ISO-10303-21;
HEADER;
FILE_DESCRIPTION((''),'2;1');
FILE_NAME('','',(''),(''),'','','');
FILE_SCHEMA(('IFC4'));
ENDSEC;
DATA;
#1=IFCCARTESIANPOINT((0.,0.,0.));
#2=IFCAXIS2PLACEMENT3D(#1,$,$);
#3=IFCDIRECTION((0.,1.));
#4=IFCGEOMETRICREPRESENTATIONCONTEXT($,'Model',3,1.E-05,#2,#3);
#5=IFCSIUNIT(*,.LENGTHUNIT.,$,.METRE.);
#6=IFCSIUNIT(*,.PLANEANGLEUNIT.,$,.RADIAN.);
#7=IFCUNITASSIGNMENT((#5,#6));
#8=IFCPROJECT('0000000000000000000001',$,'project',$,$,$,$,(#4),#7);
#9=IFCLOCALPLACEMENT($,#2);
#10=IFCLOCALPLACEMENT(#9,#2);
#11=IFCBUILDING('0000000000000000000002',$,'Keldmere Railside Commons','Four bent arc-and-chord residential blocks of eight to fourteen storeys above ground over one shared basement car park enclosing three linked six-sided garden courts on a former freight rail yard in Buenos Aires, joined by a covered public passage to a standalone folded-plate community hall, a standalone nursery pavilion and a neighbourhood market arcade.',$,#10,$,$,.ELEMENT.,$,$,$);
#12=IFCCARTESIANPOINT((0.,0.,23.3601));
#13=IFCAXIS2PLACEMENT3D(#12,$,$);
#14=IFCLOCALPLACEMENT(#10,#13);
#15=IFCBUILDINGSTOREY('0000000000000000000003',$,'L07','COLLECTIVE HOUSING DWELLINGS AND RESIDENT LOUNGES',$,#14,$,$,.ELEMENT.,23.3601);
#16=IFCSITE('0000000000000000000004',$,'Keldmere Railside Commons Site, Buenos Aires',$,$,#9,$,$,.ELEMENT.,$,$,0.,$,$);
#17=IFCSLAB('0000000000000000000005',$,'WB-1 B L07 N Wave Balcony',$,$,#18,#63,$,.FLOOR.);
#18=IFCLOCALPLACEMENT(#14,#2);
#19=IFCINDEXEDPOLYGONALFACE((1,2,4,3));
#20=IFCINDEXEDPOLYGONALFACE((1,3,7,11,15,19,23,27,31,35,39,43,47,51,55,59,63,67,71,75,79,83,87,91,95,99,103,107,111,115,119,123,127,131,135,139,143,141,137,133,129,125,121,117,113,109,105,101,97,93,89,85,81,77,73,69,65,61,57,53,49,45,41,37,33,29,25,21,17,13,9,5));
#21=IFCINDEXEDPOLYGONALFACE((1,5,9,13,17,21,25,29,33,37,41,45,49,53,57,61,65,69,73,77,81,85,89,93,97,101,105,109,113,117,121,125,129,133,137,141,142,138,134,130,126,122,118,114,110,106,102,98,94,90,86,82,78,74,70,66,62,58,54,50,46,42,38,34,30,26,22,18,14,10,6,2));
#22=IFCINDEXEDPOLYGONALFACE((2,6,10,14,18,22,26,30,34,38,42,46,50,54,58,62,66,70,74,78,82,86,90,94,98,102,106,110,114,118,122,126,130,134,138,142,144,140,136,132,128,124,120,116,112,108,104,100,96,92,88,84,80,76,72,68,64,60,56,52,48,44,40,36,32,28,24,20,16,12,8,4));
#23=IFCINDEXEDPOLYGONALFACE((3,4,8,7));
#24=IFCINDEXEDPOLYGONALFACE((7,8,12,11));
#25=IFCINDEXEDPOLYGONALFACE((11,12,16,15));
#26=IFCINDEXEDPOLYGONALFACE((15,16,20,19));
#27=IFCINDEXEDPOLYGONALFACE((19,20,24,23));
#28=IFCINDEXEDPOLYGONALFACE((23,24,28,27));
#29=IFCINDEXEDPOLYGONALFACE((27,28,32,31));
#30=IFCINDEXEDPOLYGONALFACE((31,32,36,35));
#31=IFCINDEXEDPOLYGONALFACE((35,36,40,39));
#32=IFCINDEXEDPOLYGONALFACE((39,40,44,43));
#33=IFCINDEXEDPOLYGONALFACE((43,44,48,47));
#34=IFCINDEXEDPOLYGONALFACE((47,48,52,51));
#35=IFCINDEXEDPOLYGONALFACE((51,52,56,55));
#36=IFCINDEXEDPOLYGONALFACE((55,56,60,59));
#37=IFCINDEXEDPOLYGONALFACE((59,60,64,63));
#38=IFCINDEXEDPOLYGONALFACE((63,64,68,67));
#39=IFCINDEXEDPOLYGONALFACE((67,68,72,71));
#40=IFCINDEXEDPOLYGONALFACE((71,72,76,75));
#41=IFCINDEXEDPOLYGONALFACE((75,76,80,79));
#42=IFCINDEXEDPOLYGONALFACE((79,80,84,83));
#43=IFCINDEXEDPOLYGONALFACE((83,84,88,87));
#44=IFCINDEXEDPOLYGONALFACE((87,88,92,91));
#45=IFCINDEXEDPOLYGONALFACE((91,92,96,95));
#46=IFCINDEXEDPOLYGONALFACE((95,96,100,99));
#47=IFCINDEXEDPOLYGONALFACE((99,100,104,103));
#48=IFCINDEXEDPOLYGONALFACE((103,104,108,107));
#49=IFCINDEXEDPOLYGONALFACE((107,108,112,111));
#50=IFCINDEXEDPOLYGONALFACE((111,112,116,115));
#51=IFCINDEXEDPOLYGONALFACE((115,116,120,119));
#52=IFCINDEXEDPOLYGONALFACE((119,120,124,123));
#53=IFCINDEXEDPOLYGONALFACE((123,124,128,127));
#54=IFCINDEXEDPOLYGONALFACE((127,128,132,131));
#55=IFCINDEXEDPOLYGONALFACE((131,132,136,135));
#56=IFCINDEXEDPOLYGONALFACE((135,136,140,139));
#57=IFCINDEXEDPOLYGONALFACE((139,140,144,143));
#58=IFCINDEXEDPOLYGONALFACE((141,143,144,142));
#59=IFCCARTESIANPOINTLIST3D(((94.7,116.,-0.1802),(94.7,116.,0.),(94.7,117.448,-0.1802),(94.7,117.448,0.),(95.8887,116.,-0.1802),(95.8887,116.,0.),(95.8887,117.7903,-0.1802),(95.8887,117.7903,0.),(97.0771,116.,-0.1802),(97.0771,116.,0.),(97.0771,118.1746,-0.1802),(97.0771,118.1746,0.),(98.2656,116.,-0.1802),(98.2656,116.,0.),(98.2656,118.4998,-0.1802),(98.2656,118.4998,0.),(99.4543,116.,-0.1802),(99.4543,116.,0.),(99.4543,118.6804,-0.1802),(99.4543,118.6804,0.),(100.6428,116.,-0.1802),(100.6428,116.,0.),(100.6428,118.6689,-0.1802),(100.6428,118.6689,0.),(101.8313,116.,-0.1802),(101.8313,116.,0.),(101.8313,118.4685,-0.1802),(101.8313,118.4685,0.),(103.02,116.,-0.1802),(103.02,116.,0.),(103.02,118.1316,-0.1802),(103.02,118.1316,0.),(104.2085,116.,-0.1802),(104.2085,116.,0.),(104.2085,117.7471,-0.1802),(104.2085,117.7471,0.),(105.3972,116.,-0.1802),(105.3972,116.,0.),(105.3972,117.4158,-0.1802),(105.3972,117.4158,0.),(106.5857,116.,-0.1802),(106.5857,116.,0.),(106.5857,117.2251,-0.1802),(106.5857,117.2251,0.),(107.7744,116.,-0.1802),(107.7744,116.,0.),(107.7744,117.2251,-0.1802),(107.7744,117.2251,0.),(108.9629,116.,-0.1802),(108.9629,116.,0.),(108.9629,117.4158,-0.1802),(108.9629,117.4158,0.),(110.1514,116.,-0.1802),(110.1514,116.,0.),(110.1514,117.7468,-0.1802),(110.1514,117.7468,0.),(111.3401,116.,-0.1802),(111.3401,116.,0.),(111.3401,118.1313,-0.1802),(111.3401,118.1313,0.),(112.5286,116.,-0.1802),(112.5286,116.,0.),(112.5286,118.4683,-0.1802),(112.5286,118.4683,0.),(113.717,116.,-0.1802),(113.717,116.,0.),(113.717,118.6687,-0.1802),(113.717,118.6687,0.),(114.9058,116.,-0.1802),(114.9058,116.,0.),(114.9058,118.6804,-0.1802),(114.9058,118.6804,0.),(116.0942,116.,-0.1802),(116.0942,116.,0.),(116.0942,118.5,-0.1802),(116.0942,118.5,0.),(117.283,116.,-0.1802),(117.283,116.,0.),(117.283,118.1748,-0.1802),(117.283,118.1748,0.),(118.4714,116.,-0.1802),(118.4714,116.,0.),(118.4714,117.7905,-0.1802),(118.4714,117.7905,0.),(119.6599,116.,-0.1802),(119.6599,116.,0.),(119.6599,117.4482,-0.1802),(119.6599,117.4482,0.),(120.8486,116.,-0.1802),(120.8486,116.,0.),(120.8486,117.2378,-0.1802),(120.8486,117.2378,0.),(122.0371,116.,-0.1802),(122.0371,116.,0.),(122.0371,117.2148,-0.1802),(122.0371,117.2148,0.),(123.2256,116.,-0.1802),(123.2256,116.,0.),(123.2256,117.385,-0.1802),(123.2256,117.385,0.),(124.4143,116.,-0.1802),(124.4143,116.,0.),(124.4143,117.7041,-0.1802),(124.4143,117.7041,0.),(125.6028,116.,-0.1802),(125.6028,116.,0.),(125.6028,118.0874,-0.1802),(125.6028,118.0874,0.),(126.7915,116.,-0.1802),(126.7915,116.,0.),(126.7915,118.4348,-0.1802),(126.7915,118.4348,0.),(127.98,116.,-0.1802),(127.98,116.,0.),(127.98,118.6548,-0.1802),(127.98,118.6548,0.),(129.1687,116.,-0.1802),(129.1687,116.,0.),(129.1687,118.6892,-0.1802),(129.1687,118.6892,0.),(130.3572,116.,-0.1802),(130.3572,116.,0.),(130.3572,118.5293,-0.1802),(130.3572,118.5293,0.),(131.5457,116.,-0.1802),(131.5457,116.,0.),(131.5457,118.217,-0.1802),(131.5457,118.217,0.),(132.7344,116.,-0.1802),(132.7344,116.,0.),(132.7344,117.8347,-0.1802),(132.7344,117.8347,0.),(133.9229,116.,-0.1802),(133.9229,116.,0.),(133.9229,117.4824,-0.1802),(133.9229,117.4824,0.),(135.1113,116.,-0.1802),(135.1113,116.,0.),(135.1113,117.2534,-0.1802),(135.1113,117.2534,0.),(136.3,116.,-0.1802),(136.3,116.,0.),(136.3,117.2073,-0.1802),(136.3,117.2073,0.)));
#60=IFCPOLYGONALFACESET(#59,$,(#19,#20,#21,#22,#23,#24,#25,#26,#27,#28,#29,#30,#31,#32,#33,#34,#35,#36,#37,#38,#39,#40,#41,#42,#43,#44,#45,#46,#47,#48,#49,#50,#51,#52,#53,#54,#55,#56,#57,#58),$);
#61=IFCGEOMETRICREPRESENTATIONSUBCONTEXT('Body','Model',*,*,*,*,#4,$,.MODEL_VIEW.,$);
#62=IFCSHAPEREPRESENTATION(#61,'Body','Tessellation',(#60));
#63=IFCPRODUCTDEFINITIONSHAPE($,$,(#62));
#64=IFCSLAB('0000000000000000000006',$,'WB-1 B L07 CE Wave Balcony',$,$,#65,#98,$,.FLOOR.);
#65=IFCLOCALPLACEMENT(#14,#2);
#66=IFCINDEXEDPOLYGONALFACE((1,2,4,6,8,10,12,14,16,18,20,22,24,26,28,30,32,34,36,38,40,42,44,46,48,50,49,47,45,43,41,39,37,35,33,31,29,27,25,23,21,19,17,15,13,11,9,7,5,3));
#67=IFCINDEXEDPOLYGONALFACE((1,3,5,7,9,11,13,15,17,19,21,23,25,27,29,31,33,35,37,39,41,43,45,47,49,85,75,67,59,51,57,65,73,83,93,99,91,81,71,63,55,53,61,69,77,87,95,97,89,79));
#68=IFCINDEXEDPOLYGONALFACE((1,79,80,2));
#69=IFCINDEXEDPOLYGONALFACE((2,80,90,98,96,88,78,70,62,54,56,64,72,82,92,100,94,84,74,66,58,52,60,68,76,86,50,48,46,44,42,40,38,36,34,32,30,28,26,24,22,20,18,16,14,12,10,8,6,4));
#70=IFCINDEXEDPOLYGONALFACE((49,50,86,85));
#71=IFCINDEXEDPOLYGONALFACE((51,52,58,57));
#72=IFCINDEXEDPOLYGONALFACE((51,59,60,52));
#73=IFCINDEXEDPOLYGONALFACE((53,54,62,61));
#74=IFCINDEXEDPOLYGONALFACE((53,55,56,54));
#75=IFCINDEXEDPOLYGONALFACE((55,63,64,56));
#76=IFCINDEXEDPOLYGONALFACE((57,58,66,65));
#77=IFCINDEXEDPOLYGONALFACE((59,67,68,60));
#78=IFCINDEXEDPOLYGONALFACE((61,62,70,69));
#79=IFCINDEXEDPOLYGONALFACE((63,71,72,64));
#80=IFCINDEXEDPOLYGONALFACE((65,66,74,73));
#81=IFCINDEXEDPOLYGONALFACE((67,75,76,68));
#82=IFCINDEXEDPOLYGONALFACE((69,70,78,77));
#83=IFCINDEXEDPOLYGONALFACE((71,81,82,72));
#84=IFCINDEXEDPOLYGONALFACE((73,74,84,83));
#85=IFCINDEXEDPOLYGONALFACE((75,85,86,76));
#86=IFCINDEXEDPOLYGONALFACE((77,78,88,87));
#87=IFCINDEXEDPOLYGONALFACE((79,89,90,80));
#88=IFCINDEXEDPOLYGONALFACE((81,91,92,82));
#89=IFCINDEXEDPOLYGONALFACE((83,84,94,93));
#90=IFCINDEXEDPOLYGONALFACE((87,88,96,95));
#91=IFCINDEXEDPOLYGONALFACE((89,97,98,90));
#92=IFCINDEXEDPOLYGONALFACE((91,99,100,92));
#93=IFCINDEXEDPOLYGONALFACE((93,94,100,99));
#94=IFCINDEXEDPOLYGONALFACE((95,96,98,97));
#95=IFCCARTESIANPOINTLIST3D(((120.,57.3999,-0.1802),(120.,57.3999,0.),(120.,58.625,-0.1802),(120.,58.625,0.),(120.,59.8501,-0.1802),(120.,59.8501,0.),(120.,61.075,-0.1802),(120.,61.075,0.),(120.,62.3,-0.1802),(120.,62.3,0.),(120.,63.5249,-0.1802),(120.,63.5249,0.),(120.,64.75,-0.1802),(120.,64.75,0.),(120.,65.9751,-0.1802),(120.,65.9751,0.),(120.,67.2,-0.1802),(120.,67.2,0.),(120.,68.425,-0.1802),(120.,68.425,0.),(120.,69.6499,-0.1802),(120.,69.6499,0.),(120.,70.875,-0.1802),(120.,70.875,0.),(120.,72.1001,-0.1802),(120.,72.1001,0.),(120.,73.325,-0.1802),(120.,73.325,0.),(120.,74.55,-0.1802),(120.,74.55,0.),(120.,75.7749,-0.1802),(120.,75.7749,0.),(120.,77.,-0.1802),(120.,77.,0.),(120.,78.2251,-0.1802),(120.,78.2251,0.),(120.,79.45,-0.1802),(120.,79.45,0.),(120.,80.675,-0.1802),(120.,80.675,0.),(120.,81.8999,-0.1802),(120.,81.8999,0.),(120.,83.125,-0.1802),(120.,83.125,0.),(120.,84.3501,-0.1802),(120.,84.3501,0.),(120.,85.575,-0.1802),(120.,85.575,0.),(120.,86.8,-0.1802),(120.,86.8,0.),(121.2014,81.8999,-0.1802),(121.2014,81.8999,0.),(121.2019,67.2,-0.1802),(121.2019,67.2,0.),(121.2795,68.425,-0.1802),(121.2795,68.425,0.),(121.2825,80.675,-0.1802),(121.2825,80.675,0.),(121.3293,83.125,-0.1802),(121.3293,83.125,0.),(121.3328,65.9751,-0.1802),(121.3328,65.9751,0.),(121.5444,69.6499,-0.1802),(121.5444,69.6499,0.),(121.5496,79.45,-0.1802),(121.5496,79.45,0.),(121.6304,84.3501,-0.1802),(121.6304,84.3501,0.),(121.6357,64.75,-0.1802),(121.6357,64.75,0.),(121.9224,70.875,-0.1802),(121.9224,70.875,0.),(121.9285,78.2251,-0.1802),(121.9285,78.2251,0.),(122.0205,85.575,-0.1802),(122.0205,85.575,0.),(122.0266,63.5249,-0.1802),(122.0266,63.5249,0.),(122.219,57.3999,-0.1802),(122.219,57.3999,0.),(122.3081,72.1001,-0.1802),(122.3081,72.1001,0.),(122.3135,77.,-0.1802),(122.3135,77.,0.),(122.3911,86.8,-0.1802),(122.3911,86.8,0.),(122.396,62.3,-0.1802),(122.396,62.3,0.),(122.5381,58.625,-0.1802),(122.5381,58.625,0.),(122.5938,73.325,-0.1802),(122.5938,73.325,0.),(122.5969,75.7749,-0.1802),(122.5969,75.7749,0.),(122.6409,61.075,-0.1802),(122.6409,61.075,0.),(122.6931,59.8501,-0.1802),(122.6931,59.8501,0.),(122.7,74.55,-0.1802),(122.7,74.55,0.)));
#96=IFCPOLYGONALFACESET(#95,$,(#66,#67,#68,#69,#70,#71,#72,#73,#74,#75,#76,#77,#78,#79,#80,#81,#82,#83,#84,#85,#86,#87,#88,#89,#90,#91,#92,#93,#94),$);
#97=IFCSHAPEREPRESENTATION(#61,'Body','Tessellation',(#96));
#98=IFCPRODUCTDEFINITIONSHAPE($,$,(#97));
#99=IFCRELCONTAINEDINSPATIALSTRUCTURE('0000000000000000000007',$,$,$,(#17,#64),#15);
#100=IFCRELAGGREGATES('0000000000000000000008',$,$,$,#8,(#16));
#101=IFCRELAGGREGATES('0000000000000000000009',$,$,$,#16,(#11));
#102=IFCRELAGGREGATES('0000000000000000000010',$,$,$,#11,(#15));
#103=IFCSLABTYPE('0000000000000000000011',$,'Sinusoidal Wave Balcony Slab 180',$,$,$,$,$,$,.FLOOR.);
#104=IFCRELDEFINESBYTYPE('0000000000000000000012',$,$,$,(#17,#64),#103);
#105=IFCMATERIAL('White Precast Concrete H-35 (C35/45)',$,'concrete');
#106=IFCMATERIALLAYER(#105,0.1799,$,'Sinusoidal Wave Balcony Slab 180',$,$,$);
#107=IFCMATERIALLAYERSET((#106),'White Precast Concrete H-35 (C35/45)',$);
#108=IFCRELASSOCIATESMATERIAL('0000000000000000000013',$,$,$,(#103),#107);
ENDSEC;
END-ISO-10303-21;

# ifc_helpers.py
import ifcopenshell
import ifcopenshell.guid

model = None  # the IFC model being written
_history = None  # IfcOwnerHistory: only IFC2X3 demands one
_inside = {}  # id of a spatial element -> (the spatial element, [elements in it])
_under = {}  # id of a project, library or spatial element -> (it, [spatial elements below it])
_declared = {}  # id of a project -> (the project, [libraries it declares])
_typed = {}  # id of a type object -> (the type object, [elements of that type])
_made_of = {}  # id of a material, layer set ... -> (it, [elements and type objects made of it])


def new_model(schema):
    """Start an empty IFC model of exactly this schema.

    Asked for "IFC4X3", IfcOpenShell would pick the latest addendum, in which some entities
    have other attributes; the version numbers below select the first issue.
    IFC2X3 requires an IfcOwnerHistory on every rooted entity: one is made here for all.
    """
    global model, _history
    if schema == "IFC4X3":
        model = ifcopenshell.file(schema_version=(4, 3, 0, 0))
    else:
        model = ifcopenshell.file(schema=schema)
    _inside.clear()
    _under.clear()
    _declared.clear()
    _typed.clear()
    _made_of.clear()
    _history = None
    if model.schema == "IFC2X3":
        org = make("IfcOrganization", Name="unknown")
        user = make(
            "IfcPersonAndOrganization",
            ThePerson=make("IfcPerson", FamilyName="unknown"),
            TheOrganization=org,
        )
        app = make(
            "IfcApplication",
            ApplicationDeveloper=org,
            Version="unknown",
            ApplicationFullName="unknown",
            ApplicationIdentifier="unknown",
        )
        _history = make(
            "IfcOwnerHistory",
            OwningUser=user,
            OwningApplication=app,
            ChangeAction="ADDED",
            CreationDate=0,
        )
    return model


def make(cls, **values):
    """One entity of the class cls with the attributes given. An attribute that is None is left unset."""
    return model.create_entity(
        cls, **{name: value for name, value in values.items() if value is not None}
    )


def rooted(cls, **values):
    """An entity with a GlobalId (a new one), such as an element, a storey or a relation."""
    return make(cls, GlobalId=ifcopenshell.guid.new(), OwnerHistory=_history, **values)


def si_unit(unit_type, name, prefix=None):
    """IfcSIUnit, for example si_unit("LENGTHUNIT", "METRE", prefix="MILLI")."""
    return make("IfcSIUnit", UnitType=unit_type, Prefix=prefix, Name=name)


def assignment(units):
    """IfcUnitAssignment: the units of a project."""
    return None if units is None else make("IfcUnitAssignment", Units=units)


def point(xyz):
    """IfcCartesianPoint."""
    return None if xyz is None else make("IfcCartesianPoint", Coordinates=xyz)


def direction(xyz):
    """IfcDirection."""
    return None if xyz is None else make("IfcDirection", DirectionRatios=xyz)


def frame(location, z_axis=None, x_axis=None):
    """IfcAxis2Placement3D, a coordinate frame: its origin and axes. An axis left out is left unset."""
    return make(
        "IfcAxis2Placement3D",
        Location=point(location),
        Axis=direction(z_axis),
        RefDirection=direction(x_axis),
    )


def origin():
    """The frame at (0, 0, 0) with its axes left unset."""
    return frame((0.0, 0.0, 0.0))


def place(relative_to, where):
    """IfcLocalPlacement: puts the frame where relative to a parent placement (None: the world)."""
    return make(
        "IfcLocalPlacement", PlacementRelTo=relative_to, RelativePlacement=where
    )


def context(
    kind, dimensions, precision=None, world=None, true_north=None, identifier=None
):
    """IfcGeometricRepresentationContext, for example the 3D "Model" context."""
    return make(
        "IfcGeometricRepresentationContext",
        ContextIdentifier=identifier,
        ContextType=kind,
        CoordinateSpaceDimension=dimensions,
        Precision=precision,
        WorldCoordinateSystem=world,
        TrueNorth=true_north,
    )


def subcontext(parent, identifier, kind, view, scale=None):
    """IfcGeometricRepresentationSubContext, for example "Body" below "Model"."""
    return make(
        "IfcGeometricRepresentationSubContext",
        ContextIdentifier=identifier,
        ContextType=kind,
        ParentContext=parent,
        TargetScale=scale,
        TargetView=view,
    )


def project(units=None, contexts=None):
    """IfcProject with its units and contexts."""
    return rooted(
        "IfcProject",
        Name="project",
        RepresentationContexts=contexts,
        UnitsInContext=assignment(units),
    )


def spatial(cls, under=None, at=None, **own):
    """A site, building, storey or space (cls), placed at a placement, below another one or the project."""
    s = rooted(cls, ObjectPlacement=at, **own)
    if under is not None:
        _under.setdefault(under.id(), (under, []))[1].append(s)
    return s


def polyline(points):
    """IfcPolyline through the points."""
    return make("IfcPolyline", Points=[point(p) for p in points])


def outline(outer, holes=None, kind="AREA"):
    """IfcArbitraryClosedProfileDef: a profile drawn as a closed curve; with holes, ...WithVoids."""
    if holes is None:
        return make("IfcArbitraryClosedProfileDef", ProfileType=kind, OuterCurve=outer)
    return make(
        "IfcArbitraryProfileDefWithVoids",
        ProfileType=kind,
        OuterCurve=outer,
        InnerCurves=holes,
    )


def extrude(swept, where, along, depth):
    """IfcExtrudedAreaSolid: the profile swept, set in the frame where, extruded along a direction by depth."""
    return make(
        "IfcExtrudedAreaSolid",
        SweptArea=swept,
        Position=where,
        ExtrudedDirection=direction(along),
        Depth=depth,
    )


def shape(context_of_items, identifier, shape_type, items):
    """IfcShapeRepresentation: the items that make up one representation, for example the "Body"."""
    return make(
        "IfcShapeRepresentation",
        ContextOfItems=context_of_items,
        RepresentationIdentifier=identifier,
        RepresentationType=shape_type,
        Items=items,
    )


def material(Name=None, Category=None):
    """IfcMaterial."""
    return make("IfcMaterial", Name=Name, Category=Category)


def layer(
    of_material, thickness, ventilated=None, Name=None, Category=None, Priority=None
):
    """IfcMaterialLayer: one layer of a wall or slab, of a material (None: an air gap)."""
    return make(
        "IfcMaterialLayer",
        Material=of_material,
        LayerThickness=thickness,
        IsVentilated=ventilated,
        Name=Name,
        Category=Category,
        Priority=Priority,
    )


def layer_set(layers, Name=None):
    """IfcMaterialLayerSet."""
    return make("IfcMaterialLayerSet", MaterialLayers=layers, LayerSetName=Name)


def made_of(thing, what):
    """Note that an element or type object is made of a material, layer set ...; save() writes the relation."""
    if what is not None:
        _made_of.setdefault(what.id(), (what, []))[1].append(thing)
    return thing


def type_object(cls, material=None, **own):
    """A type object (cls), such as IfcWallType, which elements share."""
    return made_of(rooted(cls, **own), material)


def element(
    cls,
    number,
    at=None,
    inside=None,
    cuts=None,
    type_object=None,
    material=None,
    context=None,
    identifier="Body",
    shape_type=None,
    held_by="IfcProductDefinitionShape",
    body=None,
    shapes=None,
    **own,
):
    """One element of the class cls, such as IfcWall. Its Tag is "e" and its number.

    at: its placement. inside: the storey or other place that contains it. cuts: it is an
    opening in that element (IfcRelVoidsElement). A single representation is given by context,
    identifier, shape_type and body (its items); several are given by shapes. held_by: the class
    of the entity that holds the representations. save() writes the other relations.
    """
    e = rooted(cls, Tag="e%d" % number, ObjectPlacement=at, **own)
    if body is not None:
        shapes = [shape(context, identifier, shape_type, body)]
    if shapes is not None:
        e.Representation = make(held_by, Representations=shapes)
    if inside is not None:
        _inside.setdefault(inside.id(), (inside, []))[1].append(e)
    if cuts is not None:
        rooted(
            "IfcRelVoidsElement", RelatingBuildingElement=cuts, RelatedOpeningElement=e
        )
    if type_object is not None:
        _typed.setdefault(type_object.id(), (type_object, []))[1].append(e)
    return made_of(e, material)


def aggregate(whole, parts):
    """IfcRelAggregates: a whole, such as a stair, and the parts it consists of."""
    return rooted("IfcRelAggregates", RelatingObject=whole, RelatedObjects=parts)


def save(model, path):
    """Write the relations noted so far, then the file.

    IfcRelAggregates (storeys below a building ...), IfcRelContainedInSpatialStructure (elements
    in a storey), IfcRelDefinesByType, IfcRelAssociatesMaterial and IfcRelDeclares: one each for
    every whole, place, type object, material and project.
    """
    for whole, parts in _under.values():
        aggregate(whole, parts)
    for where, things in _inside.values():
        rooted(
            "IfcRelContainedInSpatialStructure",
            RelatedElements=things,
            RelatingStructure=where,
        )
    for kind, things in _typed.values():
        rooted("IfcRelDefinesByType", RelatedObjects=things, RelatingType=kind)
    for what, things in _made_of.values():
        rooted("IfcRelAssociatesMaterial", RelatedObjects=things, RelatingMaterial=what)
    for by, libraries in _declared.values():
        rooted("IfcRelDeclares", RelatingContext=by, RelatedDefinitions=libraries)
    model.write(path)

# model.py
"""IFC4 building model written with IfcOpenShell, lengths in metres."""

from ifc_helpers import new_model, si_unit, direction, frame, origin, place, context, subcontext, project, spatial, polyline, outline, extrude, material, layer, layer_set, type_object, element, save


model = new_model("IFC4")

# Units and contexts
model_context = context("Model", 3, precision=1e-05, world=origin(), true_north=direction((0.0, 1.0)))
body_context = subcontext(model_context, "Body", "Model", "MODEL_VIEW")
ifc_project = project(units=[si_unit("LENGTHUNIT", "METRE"), si_unit("PLANEANGLEUNIT", "RADIAN")], contexts=[model_context])

# Site, building, storey
site_placement = place(None, origin())
site = spatial("IfcSite", under=ifc_project, at=site_placement, Name="Keldmere Railside Commons Site, Buenos Aires", CompositionType="ELEMENT", RefElevation=0.0)
building_placement = place(site_placement, origin())
building = spatial("IfcBuilding", under=site, at=building_placement, Name="Keldmere Railside Commons", Description="Four bent arc-and-chord residential blocks of eight to fourteen storeys above ground over one shared basement car park enclosing three linked six-sided garden courts on a former freight rail yard in Buenos Aires, joined by a covered public passage to a standalone folded-plate community hall, a standalone nursery pavilion and a neighbourhood market arcade.", CompositionType="ELEMENT")
storey_placement = place(building_placement, frame((0.0, 0.0, 23.3601)))
storey = spatial("IfcBuildingStorey", under=building, at=storey_placement, Name="L07", Description="COLLECTIVE HOUSING DWELLINGS AND RESIDENT LOUNGES", CompositionType="ELEMENT", Elevation=23.3601)

# Slabs
ifc_material_1 = material(Name="White Precast Concrete H-35 (C35/45)", Category="concrete")
ifc_layer_1 = layer(ifc_material_1, 0.1799, Name="Sinusoidal Wave Balcony Slab 180")
ifc_layer_set_1 = layer_set([ifc_layer_1], Name="White Precast Concrete H-35 (C35/45)")
slab_type_1 = type_object("IfcSlabType", Name="Sinusoidal Wave Balcony Slab 180", PredefinedType="FLOOR", material=ifc_layer_set_1)
slab_1_placement = place(storey_placement, frame((0.0, 0.0, -0.1802)))
element("IfcSlab", 1, at=slab_1_placement, inside=storey, type_object=slab_type_1, Name="WB-1 B L07 N Wave Balcony", PredefinedType="FLOOR", context=body_context, shape_type="SweptSolid", body=[
    extrude(outline(polyline([(94.7, 116.0), (95.8887, 116.0), (97.0771, 116.0), (98.2656, 116.0), (99.4543, 116.0), (100.6428, 116.0), (101.8313, 116.0), (103.02, 116.0), (104.2085, 116.0), (105.3972, 116.0), (106.5857, 116.0), (107.7744, 116.0), (108.9629, 116.0), (110.1514, 116.0), (111.3401, 116.0), (112.5286, 116.0), (113.717, 116.0), (114.9058, 116.0), (116.0942, 116.0), (117.283, 116.0), (118.4714, 116.0), (119.6599, 116.0), (120.8486, 116.0), (122.0371, 116.0), (123.2256, 116.0), (124.4143, 116.0), (125.6028, 116.0), (126.7915, 116.0), (127.98, 116.0), (129.1687, 116.0), (130.3572, 116.0), (131.5457, 116.0), (132.7344, 116.0), (133.9229, 116.0), (135.1113, 116.0), (136.3, 116.0), (136.3, 117.2073), (135.1113, 117.2534), (133.9229, 117.4824), (132.7344, 117.8347), (131.5457, 118.217), (130.3572, 118.5293), (129.1687, 118.6892), (127.98, 118.6548), (126.7915, 118.4348), (125.6028, 118.0874), (124.4143, 117.7041), (123.2256, 117.385), (122.0371, 117.2148), (120.8486, 117.2378), (119.6599, 117.4482), (118.4714, 117.7905), (117.283, 118.1748), (116.0942, 118.5), (114.9058, 118.6804), (113.717, 118.6687), (112.5286, 118.4683), (111.3401, 118.1313), (110.1514, 117.7468), (108.9629, 117.4158), (107.7744, 117.2251), (106.5857, 117.2251), (105.3972, 117.4158), (104.2085, 117.7471), (103.02, 118.1316), (101.8313, 118.4685), (100.6428, 118.6689), (99.4543, 118.6804), (98.2656, 118.4998), (97.0771, 118.1746), (95.8887, 117.7903), (94.7, 117.448), (94.7, 116.0)])), origin(), (0.0, 0.0, 1.0), 0.1802),
])
slab_2_placement = place(storey_placement, frame((0.0, 0.0, -0.1802)))
element("IfcSlab", 2, at=slab_2_placement, inside=storey, type_object=slab_type_1, Name="WB-1 B L07 CE Wave Balcony", PredefinedType="FLOOR", context=body_context, shape_type="SweptSolid", body=[
    extrude(outline(polyline([(122.219, 57.3999), (122.5381, 58.625), (122.6931, 59.8501), (122.6409, 61.075), (122.396, 62.3), (122.0266, 63.5249), (121.6357, 64.75), (121.3328, 65.9751), (121.2019, 67.2), (121.2795, 68.425), (121.5444, 69.6499), (121.9224, 70.875), (122.3081, 72.1001), (122.5938, 73.325), (122.7, 74.55), (122.5969, 75.7749), (122.3135, 77.0), (121.9285, 78.2251), (121.5496, 79.45), (121.2825, 80.675), (121.2014, 81.8999), (121.3293, 83.125), (121.6304, 84.3501), (122.0205, 85.575), (122.3911, 86.8), (120.0, 86.8), (120.0, 85.575), (120.0, 84.3501), (120.0, 83.125), (120.0, 81.8999), (120.0, 80.675), (120.0, 79.45), (120.0, 78.2251), (120.0, 77.0), (120.0, 75.7749), (120.0, 74.55), (120.0, 73.325), (120.0, 72.1001), (120.0, 70.875), (120.0, 69.6499), (120.0, 68.425), (120.0, 67.2), (120.0, 65.9751), (120.0, 64.75), (120.0, 63.5249), (120.0, 62.3), (120.0, 61.075), (120.0, 59.8501), (120.0, 58.625), (120.0, 57.3999), (122.219, 57.3999)])), origin(), (0.0, 0.0, 1.0), 0.1802),
])

save(model, "model.ifc")
